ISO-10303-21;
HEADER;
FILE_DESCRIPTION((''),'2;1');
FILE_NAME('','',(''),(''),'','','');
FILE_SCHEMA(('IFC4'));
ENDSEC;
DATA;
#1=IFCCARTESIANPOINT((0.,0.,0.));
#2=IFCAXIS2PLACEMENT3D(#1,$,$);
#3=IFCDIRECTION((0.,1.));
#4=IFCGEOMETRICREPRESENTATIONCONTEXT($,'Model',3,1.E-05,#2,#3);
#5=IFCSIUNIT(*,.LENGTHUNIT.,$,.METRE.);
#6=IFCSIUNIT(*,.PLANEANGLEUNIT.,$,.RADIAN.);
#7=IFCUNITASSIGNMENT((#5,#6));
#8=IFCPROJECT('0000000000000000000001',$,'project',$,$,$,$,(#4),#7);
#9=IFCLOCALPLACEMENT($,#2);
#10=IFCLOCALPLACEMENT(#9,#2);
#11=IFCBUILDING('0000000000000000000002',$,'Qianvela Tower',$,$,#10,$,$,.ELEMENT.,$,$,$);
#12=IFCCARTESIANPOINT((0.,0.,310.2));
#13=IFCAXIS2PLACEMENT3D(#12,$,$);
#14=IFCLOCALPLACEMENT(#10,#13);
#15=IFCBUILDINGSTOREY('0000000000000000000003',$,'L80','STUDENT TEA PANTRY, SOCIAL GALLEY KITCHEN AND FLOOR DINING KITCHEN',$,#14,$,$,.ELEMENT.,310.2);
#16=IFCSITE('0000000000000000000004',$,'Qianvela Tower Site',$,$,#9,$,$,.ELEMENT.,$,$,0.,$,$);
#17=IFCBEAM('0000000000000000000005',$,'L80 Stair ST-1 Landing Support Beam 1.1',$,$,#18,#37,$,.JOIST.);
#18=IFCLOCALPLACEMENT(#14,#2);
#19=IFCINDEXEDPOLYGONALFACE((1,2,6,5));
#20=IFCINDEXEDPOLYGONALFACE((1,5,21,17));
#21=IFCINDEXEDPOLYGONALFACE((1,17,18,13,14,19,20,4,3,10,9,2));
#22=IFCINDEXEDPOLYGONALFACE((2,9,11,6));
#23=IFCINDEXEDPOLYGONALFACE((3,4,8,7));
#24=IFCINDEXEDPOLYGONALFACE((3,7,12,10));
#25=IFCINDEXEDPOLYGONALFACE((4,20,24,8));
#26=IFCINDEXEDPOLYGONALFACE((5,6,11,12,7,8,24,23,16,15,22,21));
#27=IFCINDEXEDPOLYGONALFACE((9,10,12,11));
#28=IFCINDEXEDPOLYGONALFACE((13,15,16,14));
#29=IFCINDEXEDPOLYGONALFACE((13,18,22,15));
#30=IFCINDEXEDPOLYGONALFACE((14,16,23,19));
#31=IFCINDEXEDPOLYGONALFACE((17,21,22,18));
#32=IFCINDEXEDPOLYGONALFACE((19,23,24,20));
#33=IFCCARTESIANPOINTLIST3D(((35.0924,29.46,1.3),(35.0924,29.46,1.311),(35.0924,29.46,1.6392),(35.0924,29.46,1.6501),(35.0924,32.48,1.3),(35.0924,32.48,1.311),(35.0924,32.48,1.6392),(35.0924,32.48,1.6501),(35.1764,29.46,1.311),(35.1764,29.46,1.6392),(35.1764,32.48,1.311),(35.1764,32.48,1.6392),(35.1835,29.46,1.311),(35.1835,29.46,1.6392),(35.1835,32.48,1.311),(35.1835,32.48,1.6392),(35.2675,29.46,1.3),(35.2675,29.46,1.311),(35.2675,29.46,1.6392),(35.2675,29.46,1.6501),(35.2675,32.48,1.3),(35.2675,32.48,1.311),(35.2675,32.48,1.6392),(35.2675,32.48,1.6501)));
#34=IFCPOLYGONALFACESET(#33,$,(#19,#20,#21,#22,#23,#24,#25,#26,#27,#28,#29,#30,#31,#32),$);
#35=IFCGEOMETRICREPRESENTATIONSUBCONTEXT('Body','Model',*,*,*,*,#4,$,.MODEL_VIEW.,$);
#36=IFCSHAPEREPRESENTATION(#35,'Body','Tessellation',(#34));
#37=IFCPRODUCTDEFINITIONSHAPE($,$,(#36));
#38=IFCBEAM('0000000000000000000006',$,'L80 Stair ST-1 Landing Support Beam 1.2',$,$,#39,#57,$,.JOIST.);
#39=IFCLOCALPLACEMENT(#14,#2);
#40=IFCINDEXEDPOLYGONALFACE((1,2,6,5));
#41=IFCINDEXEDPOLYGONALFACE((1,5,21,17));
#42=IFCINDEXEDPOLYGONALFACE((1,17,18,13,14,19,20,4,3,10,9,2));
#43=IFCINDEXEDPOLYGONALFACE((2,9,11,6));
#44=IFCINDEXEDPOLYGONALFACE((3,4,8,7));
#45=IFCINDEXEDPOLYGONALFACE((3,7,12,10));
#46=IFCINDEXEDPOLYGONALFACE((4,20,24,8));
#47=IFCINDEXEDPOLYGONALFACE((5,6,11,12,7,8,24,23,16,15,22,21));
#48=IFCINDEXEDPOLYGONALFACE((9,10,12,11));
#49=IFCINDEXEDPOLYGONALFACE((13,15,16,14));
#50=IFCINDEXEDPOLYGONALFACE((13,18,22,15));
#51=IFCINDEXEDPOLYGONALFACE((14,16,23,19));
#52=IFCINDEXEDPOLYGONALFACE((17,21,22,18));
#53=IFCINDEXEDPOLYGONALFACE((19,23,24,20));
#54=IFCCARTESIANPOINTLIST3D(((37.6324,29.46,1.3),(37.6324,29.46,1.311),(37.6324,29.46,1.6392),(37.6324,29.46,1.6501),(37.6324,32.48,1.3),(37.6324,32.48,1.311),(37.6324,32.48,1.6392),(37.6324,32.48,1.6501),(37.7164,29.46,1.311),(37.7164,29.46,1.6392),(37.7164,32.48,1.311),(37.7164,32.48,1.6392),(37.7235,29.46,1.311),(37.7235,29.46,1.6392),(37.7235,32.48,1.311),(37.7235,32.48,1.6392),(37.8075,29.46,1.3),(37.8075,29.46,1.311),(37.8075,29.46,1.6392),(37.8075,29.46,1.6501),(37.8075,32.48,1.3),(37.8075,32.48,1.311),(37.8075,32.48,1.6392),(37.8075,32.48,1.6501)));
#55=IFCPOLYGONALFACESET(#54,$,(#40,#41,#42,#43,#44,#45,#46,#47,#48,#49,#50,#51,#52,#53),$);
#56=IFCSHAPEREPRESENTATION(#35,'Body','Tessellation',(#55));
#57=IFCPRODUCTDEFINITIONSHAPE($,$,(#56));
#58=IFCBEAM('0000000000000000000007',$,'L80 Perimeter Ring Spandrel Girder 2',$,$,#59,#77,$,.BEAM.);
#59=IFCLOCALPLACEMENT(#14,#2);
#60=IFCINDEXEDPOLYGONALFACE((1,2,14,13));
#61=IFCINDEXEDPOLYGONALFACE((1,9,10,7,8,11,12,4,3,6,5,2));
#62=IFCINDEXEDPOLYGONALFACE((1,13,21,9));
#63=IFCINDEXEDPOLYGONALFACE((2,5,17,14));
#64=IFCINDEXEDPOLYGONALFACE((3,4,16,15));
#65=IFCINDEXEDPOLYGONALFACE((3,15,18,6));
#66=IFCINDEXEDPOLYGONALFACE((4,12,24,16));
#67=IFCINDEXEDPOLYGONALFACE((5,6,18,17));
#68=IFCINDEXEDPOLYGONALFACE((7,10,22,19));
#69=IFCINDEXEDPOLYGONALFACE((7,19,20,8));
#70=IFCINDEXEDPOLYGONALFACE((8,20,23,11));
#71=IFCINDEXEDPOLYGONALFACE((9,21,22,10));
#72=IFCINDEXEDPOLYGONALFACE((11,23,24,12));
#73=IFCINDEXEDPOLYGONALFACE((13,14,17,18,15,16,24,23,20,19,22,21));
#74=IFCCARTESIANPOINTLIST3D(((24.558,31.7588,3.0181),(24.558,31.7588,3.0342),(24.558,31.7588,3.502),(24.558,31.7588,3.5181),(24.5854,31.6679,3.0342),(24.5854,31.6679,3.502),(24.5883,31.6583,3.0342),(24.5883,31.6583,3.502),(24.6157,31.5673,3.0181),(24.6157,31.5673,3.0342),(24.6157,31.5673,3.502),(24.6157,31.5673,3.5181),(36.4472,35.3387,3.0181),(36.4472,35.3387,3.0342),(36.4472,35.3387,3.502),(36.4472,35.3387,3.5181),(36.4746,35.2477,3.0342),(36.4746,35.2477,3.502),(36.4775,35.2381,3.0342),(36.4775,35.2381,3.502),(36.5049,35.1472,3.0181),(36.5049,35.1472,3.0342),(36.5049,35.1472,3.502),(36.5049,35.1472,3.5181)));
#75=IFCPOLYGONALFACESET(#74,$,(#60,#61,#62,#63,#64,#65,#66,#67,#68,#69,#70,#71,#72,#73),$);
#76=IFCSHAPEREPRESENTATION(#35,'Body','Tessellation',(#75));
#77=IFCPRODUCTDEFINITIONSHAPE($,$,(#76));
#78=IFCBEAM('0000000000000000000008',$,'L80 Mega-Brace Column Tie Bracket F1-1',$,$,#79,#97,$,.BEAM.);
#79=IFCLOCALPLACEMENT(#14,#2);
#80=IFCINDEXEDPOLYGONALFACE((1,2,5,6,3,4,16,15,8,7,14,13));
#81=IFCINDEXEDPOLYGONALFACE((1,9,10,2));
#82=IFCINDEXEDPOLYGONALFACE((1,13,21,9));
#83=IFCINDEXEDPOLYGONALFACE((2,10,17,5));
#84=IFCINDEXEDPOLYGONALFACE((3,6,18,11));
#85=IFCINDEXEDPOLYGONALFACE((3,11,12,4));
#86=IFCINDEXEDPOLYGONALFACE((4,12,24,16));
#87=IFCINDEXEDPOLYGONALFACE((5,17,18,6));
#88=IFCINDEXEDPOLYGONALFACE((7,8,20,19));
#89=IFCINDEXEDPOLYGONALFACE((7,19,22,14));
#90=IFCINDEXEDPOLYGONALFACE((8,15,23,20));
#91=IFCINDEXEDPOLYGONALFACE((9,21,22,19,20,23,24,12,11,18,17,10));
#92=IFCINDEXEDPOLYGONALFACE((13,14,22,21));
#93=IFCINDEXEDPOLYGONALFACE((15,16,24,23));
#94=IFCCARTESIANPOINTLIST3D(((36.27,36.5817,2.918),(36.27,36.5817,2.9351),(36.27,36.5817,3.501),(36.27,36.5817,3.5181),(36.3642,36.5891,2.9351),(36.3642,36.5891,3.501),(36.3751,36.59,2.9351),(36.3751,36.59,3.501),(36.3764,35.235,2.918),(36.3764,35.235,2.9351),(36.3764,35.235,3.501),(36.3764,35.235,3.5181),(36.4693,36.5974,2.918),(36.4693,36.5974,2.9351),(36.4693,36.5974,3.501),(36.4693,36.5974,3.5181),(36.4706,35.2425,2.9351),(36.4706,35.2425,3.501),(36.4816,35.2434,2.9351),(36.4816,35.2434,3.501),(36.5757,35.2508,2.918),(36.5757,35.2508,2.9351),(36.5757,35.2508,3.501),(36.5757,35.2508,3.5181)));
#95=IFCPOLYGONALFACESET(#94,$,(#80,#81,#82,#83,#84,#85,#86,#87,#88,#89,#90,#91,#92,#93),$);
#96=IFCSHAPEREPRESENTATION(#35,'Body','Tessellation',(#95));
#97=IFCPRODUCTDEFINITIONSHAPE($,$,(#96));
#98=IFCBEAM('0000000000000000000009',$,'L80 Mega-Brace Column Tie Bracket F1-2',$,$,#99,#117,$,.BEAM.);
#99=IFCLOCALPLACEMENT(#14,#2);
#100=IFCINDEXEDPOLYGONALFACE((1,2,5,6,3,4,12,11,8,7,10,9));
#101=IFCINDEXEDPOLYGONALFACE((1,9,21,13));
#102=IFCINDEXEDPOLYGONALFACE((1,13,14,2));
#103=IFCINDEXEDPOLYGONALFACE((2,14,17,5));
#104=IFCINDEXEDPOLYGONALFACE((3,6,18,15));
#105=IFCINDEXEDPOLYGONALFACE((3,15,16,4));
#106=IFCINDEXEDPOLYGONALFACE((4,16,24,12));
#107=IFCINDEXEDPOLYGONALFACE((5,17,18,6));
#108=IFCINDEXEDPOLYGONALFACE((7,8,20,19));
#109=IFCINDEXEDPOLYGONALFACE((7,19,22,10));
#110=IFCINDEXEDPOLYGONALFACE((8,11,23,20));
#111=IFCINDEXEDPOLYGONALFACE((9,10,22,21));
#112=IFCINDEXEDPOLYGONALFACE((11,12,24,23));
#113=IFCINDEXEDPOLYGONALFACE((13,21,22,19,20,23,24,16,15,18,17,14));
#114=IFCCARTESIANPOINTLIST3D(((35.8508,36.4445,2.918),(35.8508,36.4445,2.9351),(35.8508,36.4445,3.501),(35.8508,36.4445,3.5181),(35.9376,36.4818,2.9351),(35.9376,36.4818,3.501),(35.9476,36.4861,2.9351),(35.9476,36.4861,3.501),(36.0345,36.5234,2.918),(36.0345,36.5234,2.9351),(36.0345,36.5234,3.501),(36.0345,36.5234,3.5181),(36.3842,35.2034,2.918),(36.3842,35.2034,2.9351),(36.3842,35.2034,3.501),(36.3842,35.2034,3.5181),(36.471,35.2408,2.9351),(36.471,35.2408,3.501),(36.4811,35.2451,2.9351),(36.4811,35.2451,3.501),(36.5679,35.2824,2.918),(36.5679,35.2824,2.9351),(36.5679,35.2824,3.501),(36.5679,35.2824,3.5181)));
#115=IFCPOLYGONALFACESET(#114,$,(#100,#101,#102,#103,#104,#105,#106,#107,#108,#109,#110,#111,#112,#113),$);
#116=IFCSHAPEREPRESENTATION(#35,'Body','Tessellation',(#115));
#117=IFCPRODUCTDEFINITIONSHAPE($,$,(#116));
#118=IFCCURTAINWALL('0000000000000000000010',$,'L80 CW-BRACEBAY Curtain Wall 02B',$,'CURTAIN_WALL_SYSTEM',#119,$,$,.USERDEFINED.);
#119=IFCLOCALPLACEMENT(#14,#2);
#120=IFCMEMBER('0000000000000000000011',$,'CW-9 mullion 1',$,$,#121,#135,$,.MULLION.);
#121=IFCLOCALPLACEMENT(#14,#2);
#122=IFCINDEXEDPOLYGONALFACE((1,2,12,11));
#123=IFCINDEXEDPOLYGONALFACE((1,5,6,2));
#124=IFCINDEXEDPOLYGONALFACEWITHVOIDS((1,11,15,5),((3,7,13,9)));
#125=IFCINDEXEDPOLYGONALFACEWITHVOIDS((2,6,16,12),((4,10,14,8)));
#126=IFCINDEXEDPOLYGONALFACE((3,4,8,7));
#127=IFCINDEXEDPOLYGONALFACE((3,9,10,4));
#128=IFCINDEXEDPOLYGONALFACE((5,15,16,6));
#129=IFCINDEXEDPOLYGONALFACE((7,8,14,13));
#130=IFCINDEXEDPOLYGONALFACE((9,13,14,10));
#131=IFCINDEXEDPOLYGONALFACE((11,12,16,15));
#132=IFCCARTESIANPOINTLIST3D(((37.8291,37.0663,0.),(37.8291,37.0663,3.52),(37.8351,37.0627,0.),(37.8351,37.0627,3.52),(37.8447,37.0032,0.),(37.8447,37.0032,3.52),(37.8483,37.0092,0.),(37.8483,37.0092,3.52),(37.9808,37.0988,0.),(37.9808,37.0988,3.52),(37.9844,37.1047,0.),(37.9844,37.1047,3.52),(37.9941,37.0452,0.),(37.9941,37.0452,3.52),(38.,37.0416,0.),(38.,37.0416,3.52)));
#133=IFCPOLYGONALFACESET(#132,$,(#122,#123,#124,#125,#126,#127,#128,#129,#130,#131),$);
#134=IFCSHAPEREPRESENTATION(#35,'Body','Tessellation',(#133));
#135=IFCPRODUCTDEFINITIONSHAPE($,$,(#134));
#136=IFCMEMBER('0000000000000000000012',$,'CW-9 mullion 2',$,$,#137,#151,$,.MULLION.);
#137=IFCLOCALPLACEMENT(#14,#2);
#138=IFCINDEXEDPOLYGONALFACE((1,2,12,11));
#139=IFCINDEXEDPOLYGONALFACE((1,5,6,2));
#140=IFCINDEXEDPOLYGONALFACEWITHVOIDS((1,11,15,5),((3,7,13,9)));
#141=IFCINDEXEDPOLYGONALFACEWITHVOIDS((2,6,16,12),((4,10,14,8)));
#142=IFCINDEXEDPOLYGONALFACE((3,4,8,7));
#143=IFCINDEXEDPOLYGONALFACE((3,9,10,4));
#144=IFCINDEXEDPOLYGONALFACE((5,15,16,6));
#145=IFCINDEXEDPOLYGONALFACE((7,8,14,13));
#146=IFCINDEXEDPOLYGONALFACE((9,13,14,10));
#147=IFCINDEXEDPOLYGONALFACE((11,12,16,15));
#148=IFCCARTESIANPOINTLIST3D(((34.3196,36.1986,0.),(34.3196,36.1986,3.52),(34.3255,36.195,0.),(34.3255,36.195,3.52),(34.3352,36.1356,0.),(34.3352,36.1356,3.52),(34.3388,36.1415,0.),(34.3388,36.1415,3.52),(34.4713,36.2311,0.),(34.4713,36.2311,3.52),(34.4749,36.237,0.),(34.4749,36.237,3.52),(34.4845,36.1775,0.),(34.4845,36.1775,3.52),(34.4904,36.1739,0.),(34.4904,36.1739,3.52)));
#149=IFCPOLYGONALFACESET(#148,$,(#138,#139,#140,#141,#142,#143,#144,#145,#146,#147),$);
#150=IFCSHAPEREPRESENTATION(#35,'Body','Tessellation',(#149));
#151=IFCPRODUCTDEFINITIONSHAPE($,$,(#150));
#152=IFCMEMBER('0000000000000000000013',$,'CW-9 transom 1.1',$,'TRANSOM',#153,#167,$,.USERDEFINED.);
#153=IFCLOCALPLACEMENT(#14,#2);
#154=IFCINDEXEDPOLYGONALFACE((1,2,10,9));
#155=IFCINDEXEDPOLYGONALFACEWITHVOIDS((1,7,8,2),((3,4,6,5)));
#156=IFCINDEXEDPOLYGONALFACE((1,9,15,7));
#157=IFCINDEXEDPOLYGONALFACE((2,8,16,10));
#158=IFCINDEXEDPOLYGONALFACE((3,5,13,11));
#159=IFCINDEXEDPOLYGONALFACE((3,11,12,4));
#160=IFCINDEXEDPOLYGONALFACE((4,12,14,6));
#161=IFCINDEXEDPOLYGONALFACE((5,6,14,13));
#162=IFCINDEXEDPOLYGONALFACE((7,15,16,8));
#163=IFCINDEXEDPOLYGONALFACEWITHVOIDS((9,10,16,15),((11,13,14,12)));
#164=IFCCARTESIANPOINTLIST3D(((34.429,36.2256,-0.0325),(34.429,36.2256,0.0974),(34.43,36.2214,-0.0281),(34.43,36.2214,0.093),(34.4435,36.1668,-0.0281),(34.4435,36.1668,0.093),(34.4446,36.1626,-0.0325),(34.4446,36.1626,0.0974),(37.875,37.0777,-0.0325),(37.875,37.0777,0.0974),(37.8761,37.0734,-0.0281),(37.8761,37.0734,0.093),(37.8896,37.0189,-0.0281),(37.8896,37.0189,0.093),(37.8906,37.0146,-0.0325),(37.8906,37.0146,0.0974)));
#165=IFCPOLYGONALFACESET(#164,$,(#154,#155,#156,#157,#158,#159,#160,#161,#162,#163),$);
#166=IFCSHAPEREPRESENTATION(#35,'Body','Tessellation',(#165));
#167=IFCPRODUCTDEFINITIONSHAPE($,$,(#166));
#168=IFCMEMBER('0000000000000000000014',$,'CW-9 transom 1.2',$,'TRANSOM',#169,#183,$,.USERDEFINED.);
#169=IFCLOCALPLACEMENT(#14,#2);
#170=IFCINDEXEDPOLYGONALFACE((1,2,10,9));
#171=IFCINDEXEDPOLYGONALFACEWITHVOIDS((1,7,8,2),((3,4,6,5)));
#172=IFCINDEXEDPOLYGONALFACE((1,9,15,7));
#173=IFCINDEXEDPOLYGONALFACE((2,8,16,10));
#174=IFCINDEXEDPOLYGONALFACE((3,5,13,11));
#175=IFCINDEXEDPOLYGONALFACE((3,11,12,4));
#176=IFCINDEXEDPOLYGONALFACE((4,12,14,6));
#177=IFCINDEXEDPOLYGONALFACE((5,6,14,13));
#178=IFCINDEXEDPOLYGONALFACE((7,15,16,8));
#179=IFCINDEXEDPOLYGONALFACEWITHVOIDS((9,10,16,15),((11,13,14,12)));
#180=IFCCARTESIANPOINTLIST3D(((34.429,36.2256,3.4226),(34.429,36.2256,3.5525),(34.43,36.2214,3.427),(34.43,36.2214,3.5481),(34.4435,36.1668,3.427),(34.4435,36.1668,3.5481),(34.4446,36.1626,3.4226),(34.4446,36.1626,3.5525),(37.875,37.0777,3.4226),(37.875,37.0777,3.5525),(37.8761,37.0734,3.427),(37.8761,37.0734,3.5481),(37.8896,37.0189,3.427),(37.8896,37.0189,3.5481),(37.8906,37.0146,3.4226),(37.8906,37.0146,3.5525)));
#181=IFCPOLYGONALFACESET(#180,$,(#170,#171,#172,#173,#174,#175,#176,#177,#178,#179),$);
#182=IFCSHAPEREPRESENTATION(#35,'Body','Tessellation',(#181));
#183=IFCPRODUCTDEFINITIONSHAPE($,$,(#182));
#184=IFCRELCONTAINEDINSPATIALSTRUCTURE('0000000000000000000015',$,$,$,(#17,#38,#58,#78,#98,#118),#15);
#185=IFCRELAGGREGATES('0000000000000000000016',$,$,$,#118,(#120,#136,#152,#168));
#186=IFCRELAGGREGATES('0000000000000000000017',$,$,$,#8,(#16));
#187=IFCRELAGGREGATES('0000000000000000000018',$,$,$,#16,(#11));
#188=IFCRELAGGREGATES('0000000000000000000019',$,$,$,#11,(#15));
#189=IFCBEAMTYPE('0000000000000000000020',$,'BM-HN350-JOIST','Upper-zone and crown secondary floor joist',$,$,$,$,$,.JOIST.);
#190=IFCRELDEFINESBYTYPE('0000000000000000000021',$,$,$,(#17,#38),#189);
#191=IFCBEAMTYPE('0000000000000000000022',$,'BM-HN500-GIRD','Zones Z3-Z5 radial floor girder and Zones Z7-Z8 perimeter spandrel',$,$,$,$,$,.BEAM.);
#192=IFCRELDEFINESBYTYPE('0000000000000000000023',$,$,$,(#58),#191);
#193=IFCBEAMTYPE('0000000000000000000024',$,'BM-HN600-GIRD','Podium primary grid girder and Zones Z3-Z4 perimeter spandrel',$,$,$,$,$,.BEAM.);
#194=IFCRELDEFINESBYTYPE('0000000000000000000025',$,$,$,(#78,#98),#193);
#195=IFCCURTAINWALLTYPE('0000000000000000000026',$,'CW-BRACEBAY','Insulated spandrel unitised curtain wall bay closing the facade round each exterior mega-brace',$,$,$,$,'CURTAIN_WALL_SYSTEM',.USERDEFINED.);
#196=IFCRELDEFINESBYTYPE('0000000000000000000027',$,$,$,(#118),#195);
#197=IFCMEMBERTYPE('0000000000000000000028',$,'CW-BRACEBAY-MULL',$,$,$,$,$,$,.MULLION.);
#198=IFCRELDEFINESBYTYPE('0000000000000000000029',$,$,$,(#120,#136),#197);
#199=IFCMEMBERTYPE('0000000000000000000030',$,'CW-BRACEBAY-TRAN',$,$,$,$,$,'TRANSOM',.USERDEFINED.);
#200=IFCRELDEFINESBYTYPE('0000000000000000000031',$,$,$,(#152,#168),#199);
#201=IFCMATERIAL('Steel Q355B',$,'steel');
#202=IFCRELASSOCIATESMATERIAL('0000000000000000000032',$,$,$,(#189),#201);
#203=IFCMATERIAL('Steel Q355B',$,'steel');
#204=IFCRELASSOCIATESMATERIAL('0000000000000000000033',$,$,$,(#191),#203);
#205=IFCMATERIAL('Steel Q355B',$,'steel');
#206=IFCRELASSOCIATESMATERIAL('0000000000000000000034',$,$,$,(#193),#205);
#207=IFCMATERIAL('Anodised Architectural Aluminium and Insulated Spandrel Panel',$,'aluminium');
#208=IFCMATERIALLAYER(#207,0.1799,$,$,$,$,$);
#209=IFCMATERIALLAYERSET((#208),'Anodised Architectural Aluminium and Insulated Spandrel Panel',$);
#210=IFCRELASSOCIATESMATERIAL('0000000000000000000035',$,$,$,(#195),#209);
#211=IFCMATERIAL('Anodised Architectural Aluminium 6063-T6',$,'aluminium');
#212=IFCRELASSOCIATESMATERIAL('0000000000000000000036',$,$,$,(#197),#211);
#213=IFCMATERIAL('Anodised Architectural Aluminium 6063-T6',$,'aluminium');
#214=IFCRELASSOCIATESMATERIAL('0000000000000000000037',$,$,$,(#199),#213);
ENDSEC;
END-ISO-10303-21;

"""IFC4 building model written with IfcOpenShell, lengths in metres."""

from ifc_helpers import new_model, si_unit, direction, frame, origin, origin_2d, place, context, subcontext, project, spatial, hollow_rectangle, i_section, extrude, material, layer, layer_set, material_profile, profile_set, type_object, element, aggregate, save


model = new_model("IFC4")

# Units and contexts
model_context = context("Model", 3, precision=1e-05, world=origin(), true_north=direction((0.0, 1.0)))
body_context = subcontext(model_context, "Body", "Model", "MODEL_VIEW")
ifc_project = project(units=[si_unit("LENGTHUNIT", "METRE"), si_unit("PLANEANGLEUNIT", "RADIAN")], contexts=[model_context])

# Site, building, storey
site_placement = place(None, origin())
site = spatial("IfcSite", under=ifc_project, at=site_placement, Name="Qianvela Tower Site", CompositionType="ELEMENT", RefElevation=0.0)
building_placement = place(site_placement, origin())
building = spatial("IfcBuilding", under=site, at=building_placement, Name="Qianvela Tower", CompositionType="ELEMENT")
storey_placement = place(building_placement, frame((0.0, 0.0, 310.2)))
storey = spatial("IfcBuildingStorey", under=building, at=storey_placement, Name="L80", Description="STUDENT TEA PANTRY, SOCIAL GALLEY KITCHEN AND FLOOR DINING KITCHEN", CompositionType="ELEMENT", Elevation=310.2)

# Beams
ifc_material_1 = material(Name="Steel Q355B", Category="steel")
ifc_material_profile_1 = material_profile(ifc_material_1, i_section(OverallWidth=0.175, OverallDepth=0.3501, WebThickness=0.0071, FlangeThickness=0.011, at=origin_2d()), Name="HN350x175x7x11")
ifc_profile_set_1 = profile_set([ifc_material_profile_1], Name="Steel Q355B")
beam_type_1 = type_object("IfcBeamType", Name="BM-HN350-JOIST", Description="Upper-zone and crown secondary floor joist", PredefinedType="JOIST", material=ifc_profile_set_1)
for number, where, z_axis, x_axis, name in (
    (1, (35.1799, 29.46, 1.4751), (0.0, 1.0, 0.0), (-1.0, 0.0, 0.0), "L80 Stair ST-1 Landing Support Beam 1.1"),
    (2, (37.72, 29.46, 1.4751), (0.0, 1.0, 0.0), (-1.0, 0.0, 0.0), "L80 Stair ST-1 Landing Support Beam 1.2"),
):
    element("IfcBeam", number, at=place(storey_placement, frame(where, z_axis=z_axis, x_axis=x_axis)), inside=storey, type_object=beam_type_1, Name=name, PredefinedType="JOIST", context=body_context, shape_type="SweptSolid", body=[
        extrude(i_section(OverallWidth=0.175, OverallDepth=0.3501, WebThickness=0.0071, FlangeThickness=0.011, at=origin_2d()), origin(), (0.0, 0.0, 1.0), 3.02),
    ])
ifc_material_2 = material(Name="Steel Q355B", Category="steel")
ifc_material_profile_2 = material_profile(ifc_material_2, i_section(OverallWidth=0.2, OverallDepth=0.5, WebThickness=0.01, FlangeThickness=0.0161, at=origin_2d()), Name="HN500x200x10x16")
ifc_profile_set_2 = profile_set([ifc_material_profile_2], Name="Steel Q355B")
beam_type_2 = type_object("IfcBeamType", Name="BM-HN500-GIRD", Description="Zones Z3-Z5 radial floor girder and Zones Z7-Z8 perimeter spandrel", PredefinedType="BEAM", material=ifc_profile_set_2)
beam_1_placement = place(storey_placement, frame((36.4761, 35.2429, 3.2681), z_axis=(-0.957536, -0.288315, 0.0), x_axis=(0.288315, -0.957536, 0.0)))
element("IfcBeam", 3, at=beam_1_placement, inside=storey, type_object=beam_type_2, Name="L80 Perimeter Ring Spandrel Girder 2", PredefinedType="BEAM", context=body_context, shape_type="SweptSolid", body=[
    extrude(i_section(OverallWidth=0.2, OverallDepth=0.5, WebThickness=0.01, FlangeThickness=0.0161, at=origin_2d()), origin(), (0.0, 0.0, 1.0), 12.4165),
])
ifc_material_3 = material(Name="Steel Q355B", Category="steel")
ifc_material_profile_3 = material_profile(ifc_material_3, i_section(OverallWidth=0.2, OverallDepth=0.6001, WebThickness=0.011, FlangeThickness=0.0171, at=origin_2d()), Name="HN600x200x11x17")
ifc_profile_set_3 = profile_set([ifc_material_profile_3], Name="Steel Q355B")
beam_type_3 = type_object("IfcBeamType", Name="BM-HN600-GIRD", Description="Podium primary grid girder and Zones Z3-Z4 perimeter spandrel", PredefinedType="BEAM", material=ifc_profile_set_3)
for number, where, z_axis, x_axis, name in (
    (4, (36.4761, 35.2429, 3.218), (-0.078797, 0.996891, 0.0), (-0.996891, -0.078797, 0.0), "L80 Mega-Brace Column Tie Bracket F1-1"),
    (5, (36.4761, 35.2429, 3.218), (-0.394922, 0.918714, 0.0), (-0.918714, -0.394922, 0.0), "L80 Mega-Brace Column Tie Bracket F1-2"),
):
    element("IfcBeam", number, at=place(storey_placement, frame(where, z_axis=z_axis, x_axis=x_axis)), inside=storey, type_object=beam_type_3, Name=name, PredefinedType="BEAM", context=body_context, shape_type="SweptSolid", body=[
        extrude(i_section(OverallWidth=0.2, OverallDepth=0.6001, WebThickness=0.011, FlangeThickness=0.0171, at=origin_2d()), origin(), (0.0, 0.0, 1.0), 1.3508),
    ])

# Curtain wall, members
ifc_material_4 = material(Name="Anodised Architectural Aluminium and Insulated Spandrel Panel", Category="aluminium")
ifc_layer_1 = layer(ifc_material_4, 0.1799)
ifc_layer_set_1 = layer_set([ifc_layer_1], Name="Anodised Architectural Aluminium and Insulated Spandrel Panel")
curtain_wall_type_1 = type_object("IfcCurtainWallType", Name="CW-BRACEBAY", Description="Insulated spandrel unitised curtain wall bay closing the facade round each exterior mega-brace", ElementType="CURTAIN_WALL_SYSTEM", PredefinedType="USERDEFINED", material=ifc_layer_set_1)
curtain_wall_1_placement = place(storey_placement, origin())
curtain_wall_1 = element("IfcCurtainWall", 6, at=curtain_wall_1_placement, inside=storey, type_object=curtain_wall_type_1, Name="L80 CW-BRACEBAY Curtain Wall 02B", ObjectType="CURTAIN_WALL_SYSTEM", PredefinedType="USERDEFINED")
ifc_material_5 = material(Name="Anodised Architectural Aluminium 6063-T6", Category="aluminium")
ifc_material_profile_4 = material_profile(ifc_material_5, hollow_rectangle(XDim=0.0649, YDim=0.1599, WallThickness=0.0049, at=origin_2d()), Name="ALU-MULL-65x160")
ifc_profile_set_4 = profile_set([ifc_material_profile_4], Name="Anodised Architectural Aluminium 6063-T6")
member_type_1 = type_object("IfcMemberType", Name="CW-BRACEBAY-MULL", PredefinedType="MULLION", material=ifc_profile_set_4)
member_1_placement = place(storey_placement, frame((37.9146, 37.054, 0.0), z_axis=(0.0, 0.0, 1.0), x_axis=(0.240003, -0.970772, 0.0)))
member_1 = element("IfcMember", 7, at=member_1_placement, type_object=member_type_1, Name="CW-9 mullion 1", PredefinedType="MULLION", context=body_context, shape_type="SweptSolid", body=[
    extrude(hollow_rectangle(XDim=0.0649, YDim=0.1599, WallThickness=0.0049, at=origin_2d()), origin(), (0.0, 0.0, 1.0), 3.52),
])
member_2_placement = place(storey_placement, frame((34.405, 36.1863, 0.0), z_axis=(0.0, 0.0, 1.0), x_axis=(0.240003, -0.970772, 0.0)))
member_2 = element("IfcMember", 8, at=member_2_placement, type_object=member_type_1, Name="CW-9 mullion 2", PredefinedType="MULLION", context=body_context, shape_type="SweptSolid", body=[
    extrude(hollow_rectangle(XDim=0.0649, YDim=0.1599, WallThickness=0.0049, at=origin_2d()), origin(), (0.0, 0.0, 1.0), 3.52),
])
ifc_material_6 = material(Name="Anodised Architectural Aluminium 6063-T6", Category="aluminium")
ifc_material_profile_5 = material_profile(ifc_material_6, hollow_rectangle(XDim=0.0649, YDim=0.1299, WallThickness=0.0044, at=origin_2d()), Name="ALU-TRAN-65x130")
ifc_profile_set_5 = profile_set([ifc_material_profile_5], Name="Anodised Architectural Aluminium 6063-T6")
member_type_2 = type_object("IfcMemberType", Name="CW-BRACEBAY-TRAN", ElementType="TRANSOM", PredefinedType="USERDEFINED", material=ifc_profile_set_5)
member_3_placement = place(storey_placement, frame((37.8828, 37.0461, 0.0325), z_axis=(-0.970766, -0.240027, 0.0), x_axis=(0.240027, -0.970766, 0.0)))
member_3 = element("IfcMember", 9, at=member_3_placement, type_object=member_type_2, Name="CW-9 transom 1.1", ObjectType="TRANSOM", PredefinedType="USERDEFINED", context=body_context, shape_type="SweptSolid", body=[
    extrude(hollow_rectangle(XDim=0.0649, YDim=0.1299, WallThickness=0.0044, at=origin_2d()), origin(), (0.0, 0.0, 1.0), 3.5498),
])
member_4_placement = place(storey_placement, frame((37.8828, 37.0461, 3.4875), z_axis=(-0.970766, -0.240027, 0.0), x_axis=(0.240027, -0.970766, 0.0)))
member_4 = element("IfcMember", 10, at=member_4_placement, type_object=member_type_2, Name="CW-9 transom 1.2", ObjectType="TRANSOM", PredefinedType="USERDEFINED", context=body_context, shape_type="SweptSolid", body=[
    extrude(hollow_rectangle(XDim=0.0649, YDim=0.1299, WallThickness=0.0044, at=origin_2d()), origin(), (0.0, 0.0, 1.0), 3.5498),
])

aggregate(curtain_wall_1, [member_1, member_2, member_3, member_4])

save(model, "model.ifc")
